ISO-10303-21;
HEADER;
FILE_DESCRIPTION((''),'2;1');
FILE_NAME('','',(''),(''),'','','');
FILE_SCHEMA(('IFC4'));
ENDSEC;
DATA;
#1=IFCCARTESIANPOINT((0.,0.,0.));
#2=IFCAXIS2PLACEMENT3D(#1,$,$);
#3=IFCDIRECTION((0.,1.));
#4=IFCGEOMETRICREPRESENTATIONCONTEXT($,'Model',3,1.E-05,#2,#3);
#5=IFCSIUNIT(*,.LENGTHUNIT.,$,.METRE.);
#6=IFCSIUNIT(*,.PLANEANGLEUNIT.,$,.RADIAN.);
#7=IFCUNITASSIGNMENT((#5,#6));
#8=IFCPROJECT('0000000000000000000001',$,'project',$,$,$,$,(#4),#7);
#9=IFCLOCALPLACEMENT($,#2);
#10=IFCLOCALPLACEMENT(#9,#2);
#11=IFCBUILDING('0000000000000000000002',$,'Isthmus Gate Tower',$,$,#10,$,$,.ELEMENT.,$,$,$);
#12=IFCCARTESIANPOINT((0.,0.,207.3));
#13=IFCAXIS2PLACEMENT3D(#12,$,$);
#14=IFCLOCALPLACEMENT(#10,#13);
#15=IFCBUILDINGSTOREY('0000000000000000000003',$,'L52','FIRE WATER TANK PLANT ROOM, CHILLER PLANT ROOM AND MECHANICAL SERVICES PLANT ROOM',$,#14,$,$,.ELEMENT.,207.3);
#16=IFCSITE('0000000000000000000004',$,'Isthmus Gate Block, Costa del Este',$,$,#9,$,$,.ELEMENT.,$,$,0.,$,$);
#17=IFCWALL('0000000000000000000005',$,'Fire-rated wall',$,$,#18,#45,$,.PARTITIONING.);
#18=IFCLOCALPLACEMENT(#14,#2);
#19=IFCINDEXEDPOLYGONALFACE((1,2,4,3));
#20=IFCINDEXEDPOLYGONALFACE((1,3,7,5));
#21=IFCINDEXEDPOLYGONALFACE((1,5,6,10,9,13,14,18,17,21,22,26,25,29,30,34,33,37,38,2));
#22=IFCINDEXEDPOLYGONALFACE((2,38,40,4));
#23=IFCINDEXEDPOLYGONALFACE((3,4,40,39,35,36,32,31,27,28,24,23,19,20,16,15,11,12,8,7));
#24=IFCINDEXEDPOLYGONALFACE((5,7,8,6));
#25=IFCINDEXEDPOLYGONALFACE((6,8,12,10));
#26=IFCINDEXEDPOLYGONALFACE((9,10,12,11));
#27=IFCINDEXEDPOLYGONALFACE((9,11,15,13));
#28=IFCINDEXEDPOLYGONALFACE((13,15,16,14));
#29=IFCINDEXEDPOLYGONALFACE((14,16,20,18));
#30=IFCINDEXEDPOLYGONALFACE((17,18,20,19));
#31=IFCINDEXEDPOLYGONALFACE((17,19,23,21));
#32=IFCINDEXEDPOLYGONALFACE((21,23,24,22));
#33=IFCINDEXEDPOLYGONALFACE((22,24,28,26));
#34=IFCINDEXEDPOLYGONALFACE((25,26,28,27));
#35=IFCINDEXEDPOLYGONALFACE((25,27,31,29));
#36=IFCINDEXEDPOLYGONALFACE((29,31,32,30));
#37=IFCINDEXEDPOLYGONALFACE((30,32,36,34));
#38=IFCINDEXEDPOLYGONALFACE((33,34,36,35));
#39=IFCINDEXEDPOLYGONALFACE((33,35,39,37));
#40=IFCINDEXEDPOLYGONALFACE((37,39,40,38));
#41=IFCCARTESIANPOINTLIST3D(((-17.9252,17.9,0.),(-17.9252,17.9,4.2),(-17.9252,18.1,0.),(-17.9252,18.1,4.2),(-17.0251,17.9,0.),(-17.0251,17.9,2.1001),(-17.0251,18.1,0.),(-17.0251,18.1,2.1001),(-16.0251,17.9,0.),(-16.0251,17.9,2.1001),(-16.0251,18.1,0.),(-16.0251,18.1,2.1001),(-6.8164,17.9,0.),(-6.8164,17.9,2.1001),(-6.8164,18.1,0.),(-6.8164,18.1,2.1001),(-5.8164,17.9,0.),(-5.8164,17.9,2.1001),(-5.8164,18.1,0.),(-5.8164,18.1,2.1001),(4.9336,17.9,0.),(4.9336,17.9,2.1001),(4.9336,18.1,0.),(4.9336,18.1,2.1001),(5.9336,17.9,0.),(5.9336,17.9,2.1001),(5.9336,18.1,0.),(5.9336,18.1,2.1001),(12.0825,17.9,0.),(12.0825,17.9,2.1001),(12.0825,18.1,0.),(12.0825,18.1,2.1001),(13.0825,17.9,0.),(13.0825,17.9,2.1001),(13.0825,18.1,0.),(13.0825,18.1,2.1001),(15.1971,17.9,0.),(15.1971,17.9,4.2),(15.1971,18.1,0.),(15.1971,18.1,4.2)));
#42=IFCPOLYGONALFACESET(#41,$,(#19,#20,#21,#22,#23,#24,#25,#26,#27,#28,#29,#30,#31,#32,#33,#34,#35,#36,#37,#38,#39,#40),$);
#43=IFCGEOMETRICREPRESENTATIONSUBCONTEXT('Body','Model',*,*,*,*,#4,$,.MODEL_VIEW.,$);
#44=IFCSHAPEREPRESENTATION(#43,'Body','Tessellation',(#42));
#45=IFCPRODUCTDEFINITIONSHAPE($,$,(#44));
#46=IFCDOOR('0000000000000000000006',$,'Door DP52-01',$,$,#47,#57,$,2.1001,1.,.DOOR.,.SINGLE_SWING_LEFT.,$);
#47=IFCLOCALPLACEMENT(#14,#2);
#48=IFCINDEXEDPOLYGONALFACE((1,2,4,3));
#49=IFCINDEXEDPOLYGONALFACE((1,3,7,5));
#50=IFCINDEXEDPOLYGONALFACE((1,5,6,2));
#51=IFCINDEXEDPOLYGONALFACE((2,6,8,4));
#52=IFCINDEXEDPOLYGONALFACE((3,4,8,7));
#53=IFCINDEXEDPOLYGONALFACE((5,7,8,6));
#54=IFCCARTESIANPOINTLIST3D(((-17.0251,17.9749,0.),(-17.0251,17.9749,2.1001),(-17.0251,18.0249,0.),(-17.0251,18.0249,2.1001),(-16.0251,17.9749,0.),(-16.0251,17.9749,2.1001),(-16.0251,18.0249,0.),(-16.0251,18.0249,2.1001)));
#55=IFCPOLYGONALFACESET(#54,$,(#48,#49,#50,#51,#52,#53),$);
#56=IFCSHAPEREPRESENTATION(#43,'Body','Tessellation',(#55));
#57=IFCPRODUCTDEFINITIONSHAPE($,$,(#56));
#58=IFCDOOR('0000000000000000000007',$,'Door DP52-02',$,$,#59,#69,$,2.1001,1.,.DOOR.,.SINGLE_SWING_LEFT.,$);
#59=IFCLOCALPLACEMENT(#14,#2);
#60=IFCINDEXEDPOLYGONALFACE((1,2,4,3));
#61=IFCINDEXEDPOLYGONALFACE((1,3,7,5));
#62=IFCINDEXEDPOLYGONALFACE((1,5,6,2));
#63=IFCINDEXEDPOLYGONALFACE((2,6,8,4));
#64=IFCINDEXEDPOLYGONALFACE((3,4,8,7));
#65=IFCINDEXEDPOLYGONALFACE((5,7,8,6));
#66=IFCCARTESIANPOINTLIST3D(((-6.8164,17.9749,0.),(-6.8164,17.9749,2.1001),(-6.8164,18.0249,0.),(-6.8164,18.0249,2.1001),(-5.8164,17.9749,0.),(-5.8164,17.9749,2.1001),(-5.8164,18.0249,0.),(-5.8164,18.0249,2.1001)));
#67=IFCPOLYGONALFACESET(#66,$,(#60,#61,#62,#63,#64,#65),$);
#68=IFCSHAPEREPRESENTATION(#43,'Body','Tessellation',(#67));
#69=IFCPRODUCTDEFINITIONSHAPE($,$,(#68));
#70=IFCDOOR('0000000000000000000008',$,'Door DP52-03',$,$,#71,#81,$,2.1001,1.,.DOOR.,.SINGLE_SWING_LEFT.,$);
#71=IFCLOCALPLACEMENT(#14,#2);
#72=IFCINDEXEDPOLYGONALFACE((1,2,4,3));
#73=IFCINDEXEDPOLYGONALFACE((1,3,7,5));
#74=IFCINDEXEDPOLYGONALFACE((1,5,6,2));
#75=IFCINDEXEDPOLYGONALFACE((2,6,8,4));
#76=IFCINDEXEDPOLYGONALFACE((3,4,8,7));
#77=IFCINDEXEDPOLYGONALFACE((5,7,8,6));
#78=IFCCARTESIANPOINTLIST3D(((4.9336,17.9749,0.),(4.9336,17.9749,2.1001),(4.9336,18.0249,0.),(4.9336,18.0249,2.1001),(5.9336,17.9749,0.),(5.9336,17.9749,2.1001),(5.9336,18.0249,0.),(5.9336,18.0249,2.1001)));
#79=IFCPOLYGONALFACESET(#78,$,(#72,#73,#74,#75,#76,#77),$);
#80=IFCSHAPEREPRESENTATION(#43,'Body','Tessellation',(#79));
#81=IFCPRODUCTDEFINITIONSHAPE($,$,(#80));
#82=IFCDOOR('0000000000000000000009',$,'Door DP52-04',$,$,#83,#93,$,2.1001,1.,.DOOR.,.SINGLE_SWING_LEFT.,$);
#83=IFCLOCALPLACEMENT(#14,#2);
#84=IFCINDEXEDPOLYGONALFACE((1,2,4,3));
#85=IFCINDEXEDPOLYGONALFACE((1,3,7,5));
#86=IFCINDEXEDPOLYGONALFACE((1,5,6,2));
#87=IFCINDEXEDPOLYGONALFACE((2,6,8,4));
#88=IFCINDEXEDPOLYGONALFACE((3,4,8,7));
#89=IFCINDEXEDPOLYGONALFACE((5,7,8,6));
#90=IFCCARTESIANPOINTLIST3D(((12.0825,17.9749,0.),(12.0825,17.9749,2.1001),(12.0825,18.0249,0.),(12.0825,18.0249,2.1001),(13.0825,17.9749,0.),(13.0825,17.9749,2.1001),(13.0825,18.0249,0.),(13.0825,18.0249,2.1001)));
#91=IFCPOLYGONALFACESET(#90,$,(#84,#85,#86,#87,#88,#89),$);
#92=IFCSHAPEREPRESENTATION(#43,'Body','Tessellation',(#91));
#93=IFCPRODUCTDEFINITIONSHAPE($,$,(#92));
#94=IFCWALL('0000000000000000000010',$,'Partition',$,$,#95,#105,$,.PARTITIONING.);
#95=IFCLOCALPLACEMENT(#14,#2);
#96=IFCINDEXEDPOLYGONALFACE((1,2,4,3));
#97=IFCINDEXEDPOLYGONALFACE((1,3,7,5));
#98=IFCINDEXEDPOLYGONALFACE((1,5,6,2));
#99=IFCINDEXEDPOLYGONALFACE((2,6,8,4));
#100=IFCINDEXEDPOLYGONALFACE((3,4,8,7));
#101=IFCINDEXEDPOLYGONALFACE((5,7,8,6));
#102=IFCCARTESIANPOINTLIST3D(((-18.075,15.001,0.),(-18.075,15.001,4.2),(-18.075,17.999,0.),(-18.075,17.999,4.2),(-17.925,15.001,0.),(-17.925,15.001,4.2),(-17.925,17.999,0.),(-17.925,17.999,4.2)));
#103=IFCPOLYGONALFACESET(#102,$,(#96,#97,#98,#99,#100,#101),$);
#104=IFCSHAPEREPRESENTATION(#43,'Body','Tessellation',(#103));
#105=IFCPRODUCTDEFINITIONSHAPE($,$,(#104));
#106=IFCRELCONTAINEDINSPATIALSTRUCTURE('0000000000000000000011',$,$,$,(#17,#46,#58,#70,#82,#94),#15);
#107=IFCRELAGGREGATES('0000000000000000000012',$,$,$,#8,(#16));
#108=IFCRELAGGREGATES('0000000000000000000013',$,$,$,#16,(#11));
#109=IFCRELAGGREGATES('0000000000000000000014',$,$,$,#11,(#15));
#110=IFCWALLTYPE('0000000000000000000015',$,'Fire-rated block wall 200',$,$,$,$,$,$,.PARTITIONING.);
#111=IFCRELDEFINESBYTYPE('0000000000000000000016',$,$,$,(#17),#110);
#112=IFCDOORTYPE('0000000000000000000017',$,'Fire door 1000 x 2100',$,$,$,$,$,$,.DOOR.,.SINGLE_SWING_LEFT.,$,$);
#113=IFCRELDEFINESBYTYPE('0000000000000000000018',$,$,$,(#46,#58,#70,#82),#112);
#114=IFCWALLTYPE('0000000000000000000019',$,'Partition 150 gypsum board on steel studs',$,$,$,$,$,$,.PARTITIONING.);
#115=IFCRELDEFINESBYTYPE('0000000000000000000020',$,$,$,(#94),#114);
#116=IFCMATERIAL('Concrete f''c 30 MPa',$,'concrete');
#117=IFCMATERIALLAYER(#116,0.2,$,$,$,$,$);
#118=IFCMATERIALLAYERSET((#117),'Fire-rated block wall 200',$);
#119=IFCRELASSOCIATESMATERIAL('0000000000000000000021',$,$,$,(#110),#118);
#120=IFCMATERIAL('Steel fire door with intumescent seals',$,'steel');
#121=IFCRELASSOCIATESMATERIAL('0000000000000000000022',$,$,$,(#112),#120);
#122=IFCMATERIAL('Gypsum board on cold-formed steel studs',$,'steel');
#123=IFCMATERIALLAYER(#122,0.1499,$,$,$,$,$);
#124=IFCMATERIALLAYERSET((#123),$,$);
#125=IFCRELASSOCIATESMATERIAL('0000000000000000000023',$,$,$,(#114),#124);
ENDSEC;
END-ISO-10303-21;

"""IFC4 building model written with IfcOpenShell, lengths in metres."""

from ifc_helpers import new_model, si_unit, direction, frame, frame_2d, origin, place, context, subcontext, project, spatial, rectangle, extrude, material, layer, layer_set, type_object, element, fill, save


model = new_model("IFC4")

# Units and contexts
model_context = context("Model", 3, precision=1e-05, world=origin(), true_north=direction((0.0, 1.0)))
body_context = subcontext(model_context, "Body", "Model", "MODEL_VIEW")
ifc_project = project(units=[si_unit("LENGTHUNIT", "METRE"), si_unit("PLANEANGLEUNIT", "RADIAN")], contexts=[model_context])

# Site, building, storey
site_placement = place(None, origin())
site = spatial("IfcSite", under=ifc_project, at=site_placement, Name="Isthmus Gate Block, Costa del Este", CompositionType="ELEMENT", RefElevation=0.0)
building_placement = place(site_placement, origin())
building = spatial("IfcBuilding", under=site, at=building_placement, Name="Isthmus Gate Tower", CompositionType="ELEMENT")
storey_placement = place(building_placement, frame((0.0, 0.0, 207.3)))
storey = spatial("IfcBuildingStorey", under=building, at=storey_placement, Name="L52", Description="FIRE WATER TANK PLANT ROOM, CHILLER PLANT ROOM AND MECHANICAL SERVICES PLANT ROOM", CompositionType="ELEMENT", Elevation=207.3)

# Shared definitions
ifc_material_1 = material(Name="Concrete f'c 30 MPa", Category="concrete")
ifc_layer_1 = layer(ifc_material_1, 0.2)
ifc_layer_set_1 = layer_set([ifc_layer_1], Name="Fire-rated block wall 200")
wall_type_1 = type_object("IfcWallType", Name="Fire-rated block wall 200", PredefinedType="PARTITIONING", material=ifc_layer_set_1)

# Wall, openings, doors
wall_1_placement = place(storey_placement, frame((-17.925, 18.0, 0.0), z_axis=(0.0, 0.0, 1.0), x_axis=(1.0, 0.0, 0.0)))
wall_1 = element("IfcWall", 1, at=wall_1_placement, inside=storey, type_object=wall_type_1, Name="Fire-rated wall", PredefinedType="PARTITIONING", context=body_context, shape_type="SweptSolid", body=[
    extrude(rectangle(XDim=33.1223, YDim=0.2, at=frame_2d((16.561, 0.0))), origin(), (0.0, 0.0, 1.0), 4.2),
])
opening_1_placement = place(wall_1_placement, frame((0.8999, 0.0, 0.0)))
opening_1 = element("IfcOpeningElement", 2, at=opening_1_placement, cuts=wall_1, PredefinedType="OPENING", context=body_context, shape_type="SweptSolid", body=[
    extrude(rectangle(XDim=1.0, YDim=2.1001, at=frame_2d((0.5, 1.05))), frame((0.0, 0.1099, 0.0), z_axis=(0.0, -1.0, 0.0), x_axis=(1.0, 0.0, 0.0)), (0.0, 0.0, 1.0), 0.22),
])
opening_2_placement = place(wall_1_placement, frame((11.1086, 0.0, 0.0)))
opening_2 = element("IfcOpeningElement", 3, at=opening_2_placement, cuts=wall_1, PredefinedType="OPENING", context=body_context, shape_type="SweptSolid", body=[
    extrude(rectangle(XDim=1.0, YDim=2.1001, at=frame_2d((0.5, 1.05))), frame((0.0, 0.1099, 0.0), z_axis=(0.0, -1.0, 0.0), x_axis=(1.0, 0.0, 0.0)), (0.0, 0.0, 1.0), 0.22),
])
opening_3_placement = place(wall_1_placement, frame((22.8586, 0.0, 0.0)))
opening_3 = element("IfcOpeningElement", 4, at=opening_3_placement, cuts=wall_1, PredefinedType="OPENING", context=body_context, shape_type="SweptSolid", body=[
    extrude(rectangle(XDim=1.0, YDim=2.1001, at=frame_2d((0.5, 1.05))), frame((0.0, 0.1099, 0.0), z_axis=(0.0, -1.0, 0.0), x_axis=(1.0, 0.0, 0.0)), (0.0, 0.0, 1.0), 0.22),
])
opening_4_placement = place(wall_1_placement, frame((30.0076, 0.0, 0.0)))
opening_4 = element("IfcOpeningElement", 5, at=opening_4_placement, cuts=wall_1, PredefinedType="OPENING", context=body_context, shape_type="SweptSolid", body=[
    extrude(rectangle(XDim=1.0, YDim=2.1001, at=frame_2d((0.5, 1.05))), frame((0.0, 0.1099, 0.0), z_axis=(0.0, -1.0, 0.0), x_axis=(1.0, 0.0, 0.0)), (0.0, 0.0, 1.0), 0.22),
])
ifc_material_2 = material(Name="Steel fire door with intumescent seals", Category="steel")
door_type_1 = type_object("IfcDoorType", Name="Fire door 1000 x 2100", OperationType="SINGLE_SWING_LEFT", PredefinedType="DOOR", material=ifc_material_2)
door_1_placement = place(opening_1_placement, origin())
door_1 = element("IfcDoor", 6, at=door_1_placement, inside=storey, type_object=door_type_1, Name="Door DP52-01", OperationType="SINGLE_SWING_LEFT", OverallHeight=2.1001, OverallWidth=1.0, PredefinedType="DOOR", context=body_context, shape_type="SweptSolid", body=[
    extrude(rectangle(XDim=1.0, YDim=2.1001, at=frame_2d((0.5, 1.05))), frame((0.0, 0.0249, 0.0), z_axis=(0.0, -1.0, 0.0), x_axis=(1.0, 0.0, 0.0)), (0.0, 0.0, 1.0), 0.05),
])
fill(opening_1, door_1)
door_2_placement = place(opening_2_placement, origin())
door_2 = element("IfcDoor", 7, at=door_2_placement, inside=storey, type_object=door_type_1, Name="Door DP52-02", OperationType="SINGLE_SWING_LEFT", OverallHeight=2.1001, OverallWidth=1.0, PredefinedType="DOOR", context=body_context, shape_type="SweptSolid", body=[
    extrude(rectangle(XDim=1.0, YDim=2.1001, at=frame_2d((0.5, 1.05))), frame((0.0, 0.0249, 0.0), z_axis=(0.0, -1.0, 0.0), x_axis=(1.0, 0.0, 0.0)), (0.0, 0.0, 1.0), 0.05),
])
fill(opening_2, door_2)
door_3_placement = place(opening_3_placement, origin())
door_3 = element("IfcDoor", 8, at=door_3_placement, inside=storey, type_object=door_type_1, Name="Door DP52-03", OperationType="SINGLE_SWING_LEFT", OverallHeight=2.1001, OverallWidth=1.0, PredefinedType="DOOR", context=body_context, shape_type="SweptSolid", body=[
    extrude(rectangle(XDim=1.0, YDim=2.1001, at=frame_2d((0.5, 1.05))), frame((0.0, 0.0249, 0.0), z_axis=(0.0, -1.0, 0.0), x_axis=(1.0, 0.0, 0.0)), (0.0, 0.0, 1.0), 0.05),
])
fill(opening_3, door_3)
door_4_placement = place(opening_4_placement, origin())
door_4 = element("IfcDoor", 9, at=door_4_placement, inside=storey, type_object=door_type_1, Name="Door DP52-04", OperationType="SINGLE_SWING_LEFT", OverallHeight=2.1001, OverallWidth=1.0, PredefinedType="DOOR", context=body_context, shape_type="SweptSolid", body=[
    extrude(rectangle(XDim=1.0, YDim=2.1001, at=frame_2d((0.5, 1.05))), frame((0.0, 0.0249, 0.0), z_axis=(0.0, -1.0, 0.0), x_axis=(1.0, 0.0, 0.0)), (0.0, 0.0, 1.0), 0.05),
])
fill(opening_4, door_4)

# Wall
ifc_material_3 = material(Name="Gypsum board on cold-formed steel studs", Category="steel")
ifc_layer_2 = layer(ifc_material_3, 0.1499)
ifc_layer_set_2 = layer_set([ifc_layer_2])
wall_type_2 = type_object("IfcWallType", Name="Partition 150 gypsum board on steel studs", PredefinedType="PARTITIONING", material=ifc_layer_set_2)
wall_2_placement = place(storey_placement, frame((-18.0, 15.001, 0.0), z_axis=(0.0, 0.0, 1.0), x_axis=(0.0, 1.0, 0.0)))
element("IfcWall", 10, at=wall_2_placement, inside=storey, type_object=wall_type_2, Name="Partition", PredefinedType="PARTITIONING", context=body_context, shape_type="SweptSolid", body=[
    extrude(rectangle(XDim=2.998, YDim=0.1499, at=frame_2d((1.499, 0.0))), origin(), (0.0, 0.0, 1.0), 4.2),
])

save(model, "model.ifc")
